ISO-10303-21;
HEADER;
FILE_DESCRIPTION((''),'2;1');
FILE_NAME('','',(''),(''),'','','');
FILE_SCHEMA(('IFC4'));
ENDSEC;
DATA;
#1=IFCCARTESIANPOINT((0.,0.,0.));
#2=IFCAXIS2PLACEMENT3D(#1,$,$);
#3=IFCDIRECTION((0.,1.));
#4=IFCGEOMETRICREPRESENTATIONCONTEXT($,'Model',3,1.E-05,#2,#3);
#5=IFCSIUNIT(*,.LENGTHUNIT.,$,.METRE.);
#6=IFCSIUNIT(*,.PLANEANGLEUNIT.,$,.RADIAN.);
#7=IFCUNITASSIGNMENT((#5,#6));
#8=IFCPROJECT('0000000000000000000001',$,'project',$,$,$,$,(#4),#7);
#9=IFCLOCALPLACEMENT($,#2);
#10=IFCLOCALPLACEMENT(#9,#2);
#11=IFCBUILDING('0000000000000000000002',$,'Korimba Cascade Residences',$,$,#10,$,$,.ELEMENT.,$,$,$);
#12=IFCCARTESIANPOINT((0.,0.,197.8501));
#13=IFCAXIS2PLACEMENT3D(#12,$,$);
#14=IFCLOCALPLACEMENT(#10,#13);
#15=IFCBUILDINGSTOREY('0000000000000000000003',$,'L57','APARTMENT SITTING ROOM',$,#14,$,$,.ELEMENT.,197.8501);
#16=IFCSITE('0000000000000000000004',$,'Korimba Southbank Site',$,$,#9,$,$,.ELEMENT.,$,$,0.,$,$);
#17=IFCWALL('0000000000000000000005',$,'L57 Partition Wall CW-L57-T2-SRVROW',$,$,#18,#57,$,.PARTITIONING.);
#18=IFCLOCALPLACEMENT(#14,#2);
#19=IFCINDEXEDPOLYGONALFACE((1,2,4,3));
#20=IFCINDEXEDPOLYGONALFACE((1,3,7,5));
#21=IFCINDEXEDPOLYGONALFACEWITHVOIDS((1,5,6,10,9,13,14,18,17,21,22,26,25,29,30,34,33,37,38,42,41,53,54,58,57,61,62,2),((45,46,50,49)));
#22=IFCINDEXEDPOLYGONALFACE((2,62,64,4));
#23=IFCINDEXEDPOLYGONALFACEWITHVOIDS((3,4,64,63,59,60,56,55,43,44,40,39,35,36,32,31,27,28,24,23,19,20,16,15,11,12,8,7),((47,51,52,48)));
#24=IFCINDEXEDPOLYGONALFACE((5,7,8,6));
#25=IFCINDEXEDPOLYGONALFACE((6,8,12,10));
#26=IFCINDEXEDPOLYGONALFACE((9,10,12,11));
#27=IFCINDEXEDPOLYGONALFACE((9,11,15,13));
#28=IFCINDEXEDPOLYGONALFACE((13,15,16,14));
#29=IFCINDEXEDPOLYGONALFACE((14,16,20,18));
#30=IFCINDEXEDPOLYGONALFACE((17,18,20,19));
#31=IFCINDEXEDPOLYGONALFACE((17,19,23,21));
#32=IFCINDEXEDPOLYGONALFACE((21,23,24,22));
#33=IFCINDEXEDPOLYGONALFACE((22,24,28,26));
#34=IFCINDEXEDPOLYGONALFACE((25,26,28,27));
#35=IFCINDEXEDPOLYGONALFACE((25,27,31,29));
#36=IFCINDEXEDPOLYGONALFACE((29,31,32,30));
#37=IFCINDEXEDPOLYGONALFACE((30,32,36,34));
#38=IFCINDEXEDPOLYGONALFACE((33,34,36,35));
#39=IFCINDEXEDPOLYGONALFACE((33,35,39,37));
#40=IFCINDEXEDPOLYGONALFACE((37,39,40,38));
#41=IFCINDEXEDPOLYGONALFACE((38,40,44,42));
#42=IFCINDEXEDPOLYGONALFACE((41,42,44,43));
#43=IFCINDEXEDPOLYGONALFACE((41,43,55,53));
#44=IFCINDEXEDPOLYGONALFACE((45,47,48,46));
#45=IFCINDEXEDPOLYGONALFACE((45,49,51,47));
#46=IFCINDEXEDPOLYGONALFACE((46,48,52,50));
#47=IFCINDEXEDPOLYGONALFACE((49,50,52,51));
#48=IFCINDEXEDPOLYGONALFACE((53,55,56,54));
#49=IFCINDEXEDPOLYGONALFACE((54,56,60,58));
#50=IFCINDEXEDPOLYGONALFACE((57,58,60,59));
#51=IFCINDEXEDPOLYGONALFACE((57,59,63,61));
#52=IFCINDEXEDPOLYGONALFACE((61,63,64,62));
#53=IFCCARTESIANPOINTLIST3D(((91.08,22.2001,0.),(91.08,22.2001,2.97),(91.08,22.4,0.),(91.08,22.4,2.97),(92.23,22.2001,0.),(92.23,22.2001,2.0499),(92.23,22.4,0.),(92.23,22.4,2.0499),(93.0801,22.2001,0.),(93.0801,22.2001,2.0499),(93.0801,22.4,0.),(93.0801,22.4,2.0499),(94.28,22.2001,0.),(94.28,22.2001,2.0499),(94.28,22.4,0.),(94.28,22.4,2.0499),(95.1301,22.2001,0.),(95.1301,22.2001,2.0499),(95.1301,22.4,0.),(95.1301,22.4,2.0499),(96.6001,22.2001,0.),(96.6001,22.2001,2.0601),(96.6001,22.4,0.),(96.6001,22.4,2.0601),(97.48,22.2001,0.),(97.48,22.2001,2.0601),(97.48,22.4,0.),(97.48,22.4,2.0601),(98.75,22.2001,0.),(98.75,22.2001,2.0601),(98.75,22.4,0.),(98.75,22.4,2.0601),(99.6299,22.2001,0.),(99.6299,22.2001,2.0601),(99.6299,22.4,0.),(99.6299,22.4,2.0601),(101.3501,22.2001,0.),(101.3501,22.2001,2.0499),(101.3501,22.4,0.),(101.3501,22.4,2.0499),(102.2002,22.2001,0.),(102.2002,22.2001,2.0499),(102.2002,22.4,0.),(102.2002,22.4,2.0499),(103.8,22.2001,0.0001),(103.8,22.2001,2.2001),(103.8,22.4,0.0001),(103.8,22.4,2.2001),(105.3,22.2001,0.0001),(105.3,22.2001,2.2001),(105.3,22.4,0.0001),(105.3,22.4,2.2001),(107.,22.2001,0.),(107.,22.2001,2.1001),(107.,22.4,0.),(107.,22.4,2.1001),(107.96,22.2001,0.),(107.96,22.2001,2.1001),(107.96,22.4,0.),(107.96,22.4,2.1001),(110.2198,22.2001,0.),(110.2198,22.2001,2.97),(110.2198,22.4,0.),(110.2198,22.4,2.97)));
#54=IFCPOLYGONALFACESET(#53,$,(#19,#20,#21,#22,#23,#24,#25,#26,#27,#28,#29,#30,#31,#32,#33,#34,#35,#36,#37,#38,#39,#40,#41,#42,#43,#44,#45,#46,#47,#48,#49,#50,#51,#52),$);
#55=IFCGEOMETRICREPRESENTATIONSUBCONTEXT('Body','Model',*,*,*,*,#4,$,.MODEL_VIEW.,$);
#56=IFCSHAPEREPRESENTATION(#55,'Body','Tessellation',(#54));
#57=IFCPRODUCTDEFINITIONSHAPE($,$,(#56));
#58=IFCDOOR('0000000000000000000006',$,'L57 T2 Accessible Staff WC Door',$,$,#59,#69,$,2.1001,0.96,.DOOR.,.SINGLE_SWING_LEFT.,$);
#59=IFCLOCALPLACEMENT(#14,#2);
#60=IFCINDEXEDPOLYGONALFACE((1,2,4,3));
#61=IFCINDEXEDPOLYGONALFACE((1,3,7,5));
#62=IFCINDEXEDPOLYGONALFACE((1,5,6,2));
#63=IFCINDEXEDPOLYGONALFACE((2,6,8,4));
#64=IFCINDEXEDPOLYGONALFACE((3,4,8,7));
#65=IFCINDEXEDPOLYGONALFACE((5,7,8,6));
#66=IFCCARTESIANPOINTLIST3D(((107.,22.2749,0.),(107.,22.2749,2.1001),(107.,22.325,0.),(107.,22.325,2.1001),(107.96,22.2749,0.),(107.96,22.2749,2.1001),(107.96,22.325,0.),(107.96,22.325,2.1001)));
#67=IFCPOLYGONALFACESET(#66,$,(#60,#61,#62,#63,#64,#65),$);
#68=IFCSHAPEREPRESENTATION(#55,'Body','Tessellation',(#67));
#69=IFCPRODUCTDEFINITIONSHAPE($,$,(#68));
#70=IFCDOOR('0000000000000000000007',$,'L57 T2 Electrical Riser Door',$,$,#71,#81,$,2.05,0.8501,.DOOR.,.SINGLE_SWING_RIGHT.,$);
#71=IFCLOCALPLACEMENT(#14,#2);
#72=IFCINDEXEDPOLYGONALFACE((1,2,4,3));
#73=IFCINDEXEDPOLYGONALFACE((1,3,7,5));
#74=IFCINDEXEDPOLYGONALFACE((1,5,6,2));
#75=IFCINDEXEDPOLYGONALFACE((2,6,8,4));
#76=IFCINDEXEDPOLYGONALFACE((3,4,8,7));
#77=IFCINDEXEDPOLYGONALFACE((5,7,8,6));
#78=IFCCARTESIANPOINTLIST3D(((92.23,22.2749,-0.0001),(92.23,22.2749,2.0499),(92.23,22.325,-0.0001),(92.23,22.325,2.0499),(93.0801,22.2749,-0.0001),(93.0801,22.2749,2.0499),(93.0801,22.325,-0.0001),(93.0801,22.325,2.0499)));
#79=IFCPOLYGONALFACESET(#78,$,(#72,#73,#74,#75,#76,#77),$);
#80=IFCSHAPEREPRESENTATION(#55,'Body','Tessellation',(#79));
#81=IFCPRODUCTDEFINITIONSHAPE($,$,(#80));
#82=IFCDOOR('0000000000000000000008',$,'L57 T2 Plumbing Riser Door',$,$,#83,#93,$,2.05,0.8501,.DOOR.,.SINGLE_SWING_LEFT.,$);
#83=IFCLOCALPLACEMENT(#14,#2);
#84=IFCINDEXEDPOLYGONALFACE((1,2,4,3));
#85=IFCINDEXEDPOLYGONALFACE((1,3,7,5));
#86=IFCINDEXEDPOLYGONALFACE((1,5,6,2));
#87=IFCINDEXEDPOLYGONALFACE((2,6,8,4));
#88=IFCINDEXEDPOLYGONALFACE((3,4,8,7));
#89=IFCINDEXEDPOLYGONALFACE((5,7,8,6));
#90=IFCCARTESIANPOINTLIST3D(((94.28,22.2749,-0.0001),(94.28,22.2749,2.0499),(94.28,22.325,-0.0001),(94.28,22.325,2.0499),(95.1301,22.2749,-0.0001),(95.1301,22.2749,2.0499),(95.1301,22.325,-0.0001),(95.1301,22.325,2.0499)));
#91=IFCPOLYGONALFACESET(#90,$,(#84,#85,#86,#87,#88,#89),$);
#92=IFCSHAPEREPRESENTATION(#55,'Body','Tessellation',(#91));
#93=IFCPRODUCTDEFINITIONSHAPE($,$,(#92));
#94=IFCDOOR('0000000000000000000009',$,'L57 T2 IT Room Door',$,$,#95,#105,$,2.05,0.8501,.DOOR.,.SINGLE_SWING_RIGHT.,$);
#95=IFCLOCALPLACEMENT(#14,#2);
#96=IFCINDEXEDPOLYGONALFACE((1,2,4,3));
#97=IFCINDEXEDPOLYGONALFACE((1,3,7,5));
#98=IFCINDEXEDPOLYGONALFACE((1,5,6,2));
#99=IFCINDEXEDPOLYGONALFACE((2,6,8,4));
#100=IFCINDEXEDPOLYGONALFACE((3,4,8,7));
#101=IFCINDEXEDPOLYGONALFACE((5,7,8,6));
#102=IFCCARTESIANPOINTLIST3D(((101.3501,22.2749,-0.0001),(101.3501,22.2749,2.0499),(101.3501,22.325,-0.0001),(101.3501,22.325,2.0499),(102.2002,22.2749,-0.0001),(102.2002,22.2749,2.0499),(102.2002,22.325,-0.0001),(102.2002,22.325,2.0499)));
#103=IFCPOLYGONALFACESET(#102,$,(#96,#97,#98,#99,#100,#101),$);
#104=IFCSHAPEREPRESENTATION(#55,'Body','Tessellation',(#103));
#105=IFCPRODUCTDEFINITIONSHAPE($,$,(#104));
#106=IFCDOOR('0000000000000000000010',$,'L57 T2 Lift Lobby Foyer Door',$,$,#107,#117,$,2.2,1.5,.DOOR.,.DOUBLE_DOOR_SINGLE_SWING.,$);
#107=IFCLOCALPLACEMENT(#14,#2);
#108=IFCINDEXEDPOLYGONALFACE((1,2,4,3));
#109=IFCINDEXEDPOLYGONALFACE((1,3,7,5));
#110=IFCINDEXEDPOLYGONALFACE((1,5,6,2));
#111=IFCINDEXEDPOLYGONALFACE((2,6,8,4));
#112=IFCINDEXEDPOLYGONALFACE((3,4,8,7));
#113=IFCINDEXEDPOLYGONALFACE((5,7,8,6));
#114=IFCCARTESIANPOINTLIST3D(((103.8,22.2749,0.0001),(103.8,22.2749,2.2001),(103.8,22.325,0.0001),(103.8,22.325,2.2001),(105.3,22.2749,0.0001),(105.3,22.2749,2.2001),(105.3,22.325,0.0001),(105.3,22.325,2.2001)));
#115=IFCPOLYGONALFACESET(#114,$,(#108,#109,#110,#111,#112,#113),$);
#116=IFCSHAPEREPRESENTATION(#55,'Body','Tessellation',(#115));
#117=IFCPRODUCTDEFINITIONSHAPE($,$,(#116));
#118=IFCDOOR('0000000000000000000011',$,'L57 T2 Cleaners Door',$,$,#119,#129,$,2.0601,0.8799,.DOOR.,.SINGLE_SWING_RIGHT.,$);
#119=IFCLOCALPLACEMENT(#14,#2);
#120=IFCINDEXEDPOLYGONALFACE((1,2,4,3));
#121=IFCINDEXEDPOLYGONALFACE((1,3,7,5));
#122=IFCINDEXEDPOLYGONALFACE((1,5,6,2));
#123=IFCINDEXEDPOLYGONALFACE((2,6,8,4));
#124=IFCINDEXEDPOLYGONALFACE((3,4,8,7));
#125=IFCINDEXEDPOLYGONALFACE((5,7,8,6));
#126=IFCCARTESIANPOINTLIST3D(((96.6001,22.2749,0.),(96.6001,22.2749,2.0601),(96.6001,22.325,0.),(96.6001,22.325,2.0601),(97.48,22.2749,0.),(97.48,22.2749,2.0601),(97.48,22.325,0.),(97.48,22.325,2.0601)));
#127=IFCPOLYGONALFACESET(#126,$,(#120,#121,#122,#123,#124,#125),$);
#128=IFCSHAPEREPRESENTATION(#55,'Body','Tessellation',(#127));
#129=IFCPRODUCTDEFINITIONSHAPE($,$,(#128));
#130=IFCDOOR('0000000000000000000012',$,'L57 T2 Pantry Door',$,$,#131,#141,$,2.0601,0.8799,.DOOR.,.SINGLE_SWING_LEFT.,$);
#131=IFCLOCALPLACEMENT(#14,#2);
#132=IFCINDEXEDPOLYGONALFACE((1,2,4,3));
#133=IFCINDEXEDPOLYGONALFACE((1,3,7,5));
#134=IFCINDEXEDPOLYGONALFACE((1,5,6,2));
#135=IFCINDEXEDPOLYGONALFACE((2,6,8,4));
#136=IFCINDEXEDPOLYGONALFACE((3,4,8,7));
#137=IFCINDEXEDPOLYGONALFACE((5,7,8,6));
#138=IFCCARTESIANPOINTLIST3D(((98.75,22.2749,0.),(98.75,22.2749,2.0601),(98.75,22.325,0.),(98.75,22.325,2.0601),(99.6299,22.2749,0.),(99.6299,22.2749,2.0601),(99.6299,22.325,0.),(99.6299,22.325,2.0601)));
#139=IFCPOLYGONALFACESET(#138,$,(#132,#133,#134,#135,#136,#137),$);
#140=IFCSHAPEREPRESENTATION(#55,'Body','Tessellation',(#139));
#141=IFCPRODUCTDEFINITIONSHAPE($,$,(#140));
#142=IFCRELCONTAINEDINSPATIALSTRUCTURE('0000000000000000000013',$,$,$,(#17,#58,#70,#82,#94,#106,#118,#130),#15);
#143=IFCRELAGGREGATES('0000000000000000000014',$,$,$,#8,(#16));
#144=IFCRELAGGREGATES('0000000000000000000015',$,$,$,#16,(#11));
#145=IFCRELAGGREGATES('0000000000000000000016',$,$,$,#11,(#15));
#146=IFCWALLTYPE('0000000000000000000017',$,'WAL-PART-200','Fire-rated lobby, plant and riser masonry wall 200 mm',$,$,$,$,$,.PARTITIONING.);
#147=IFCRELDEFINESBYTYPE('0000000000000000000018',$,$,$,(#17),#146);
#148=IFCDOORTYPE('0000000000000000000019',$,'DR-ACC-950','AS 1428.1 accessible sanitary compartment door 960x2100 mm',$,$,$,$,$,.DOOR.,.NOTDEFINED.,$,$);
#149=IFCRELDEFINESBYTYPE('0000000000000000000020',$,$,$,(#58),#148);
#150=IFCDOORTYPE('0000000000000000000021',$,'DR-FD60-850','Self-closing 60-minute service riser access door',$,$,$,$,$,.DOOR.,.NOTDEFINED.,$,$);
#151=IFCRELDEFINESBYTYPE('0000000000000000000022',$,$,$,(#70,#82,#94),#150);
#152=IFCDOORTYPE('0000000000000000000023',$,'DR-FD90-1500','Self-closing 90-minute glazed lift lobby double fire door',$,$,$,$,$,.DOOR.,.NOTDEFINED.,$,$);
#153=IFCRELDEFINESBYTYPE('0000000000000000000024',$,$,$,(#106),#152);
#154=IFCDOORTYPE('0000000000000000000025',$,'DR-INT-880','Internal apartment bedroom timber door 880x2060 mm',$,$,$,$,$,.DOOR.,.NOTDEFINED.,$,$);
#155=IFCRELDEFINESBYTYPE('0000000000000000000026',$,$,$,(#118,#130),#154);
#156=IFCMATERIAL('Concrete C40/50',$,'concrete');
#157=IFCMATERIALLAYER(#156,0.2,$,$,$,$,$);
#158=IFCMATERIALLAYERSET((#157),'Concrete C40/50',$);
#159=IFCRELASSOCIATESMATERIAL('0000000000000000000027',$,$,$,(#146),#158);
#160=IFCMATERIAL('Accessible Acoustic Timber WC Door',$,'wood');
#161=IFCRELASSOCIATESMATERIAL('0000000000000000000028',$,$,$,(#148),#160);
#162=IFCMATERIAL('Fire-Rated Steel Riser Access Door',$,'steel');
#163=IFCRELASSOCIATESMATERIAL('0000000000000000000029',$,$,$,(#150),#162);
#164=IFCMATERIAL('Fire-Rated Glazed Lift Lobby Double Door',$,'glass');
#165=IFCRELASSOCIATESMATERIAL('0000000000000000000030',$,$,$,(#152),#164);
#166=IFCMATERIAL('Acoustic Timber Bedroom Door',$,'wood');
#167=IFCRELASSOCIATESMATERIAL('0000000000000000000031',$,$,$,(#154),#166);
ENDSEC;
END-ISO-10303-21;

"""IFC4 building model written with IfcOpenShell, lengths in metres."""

from ifc_helpers import new_model, si_unit, direction, frame, frame_2d, origin, place, context, subcontext, project, spatial, rectangle, extrude, material, layer, layer_set, type_object, element, fill, save


model = new_model("IFC4")

# Units and contexts
model_context = context("Model", 3, precision=1e-05, world=origin(), true_north=direction((0.0, 1.0)))
body_context = subcontext(model_context, "Body", "Model", "MODEL_VIEW")
ifc_project = project(units=[si_unit("LENGTHUNIT", "METRE"), si_unit("PLANEANGLEUNIT", "RADIAN")], contexts=[model_context])

# Site, building, storey
site_placement = place(None, origin())
site = spatial("IfcSite", under=ifc_project, at=site_placement, Name="Korimba Southbank Site", CompositionType="ELEMENT", RefElevation=0.0)
building_placement = place(site_placement, origin())
building = spatial("IfcBuilding", under=site, at=building_placement, Name="Korimba Cascade Residences", CompositionType="ELEMENT")
storey_placement = place(building_placement, frame((0.0, 0.0, 197.8501)))
storey = spatial("IfcBuildingStorey", under=building, at=storey_placement, Name="L57", Description="APARTMENT SITTING ROOM", CompositionType="ELEMENT", Elevation=197.8501)

# Shared definitions
ifc_material_1 = material(Name="Concrete C40/50", Category="concrete")
ifc_layer_1 = layer(ifc_material_1, 0.2)
ifc_layer_set_1 = layer_set([ifc_layer_1], Name="Concrete C40/50")
wall_type_1 = type_object("IfcWallType", Name="WAL-PART-200", Description="Fire-rated lobby, plant and riser masonry wall 200 mm", PredefinedType="PARTITIONING", material=ifc_layer_set_1)

# Wall, openings, doors
wall_1_placement = place(storey_placement, frame((91.0801, 22.3, 0.0), z_axis=(0.0, 0.0, 1.0), x_axis=(1.0, 0.0, 0.0)))
wall_1 = element("IfcWall", 1, at=wall_1_placement, inside=storey, type_object=wall_type_1, Name="L57 Partition Wall CW-L57-T2-SRVROW", PredefinedType="PARTITIONING", context=body_context, shape_type="SweptSolid", body=[
    extrude(rectangle(XDim=19.1399, YDim=0.2, at=frame_2d((9.5698, 0.0))), origin(), (0.0, 0.0, 1.0), 2.97),
])
opening_1_placement = place(wall_1_placement, frame((1.1499, 0.0, 0.0)))
opening_1 = element("IfcOpeningElement", 2, at=opening_1_placement, cuts=wall_1, PredefinedType="OPENING", context=body_context, shape_type="SweptSolid", body=[
    extrude(rectangle(XDim=0.8501, YDim=2.05, at=frame_2d((0.425, 1.0249))), frame((0.0, 0.1099, 0.0), z_axis=(0.0, -1.0, 0.0), x_axis=(1.0, 0.0, 0.0)), (0.0, 0.0, 1.0), 0.22),
])
opening_2_placement = place(wall_1_placement, frame((3.2, 0.0, 0.0)))
opening_2 = element("IfcOpeningElement", 3, at=opening_2_placement, cuts=wall_1, PredefinedType="OPENING", context=body_context, shape_type="SweptSolid", body=[
    extrude(rectangle(XDim=0.8501, YDim=2.05, at=frame_2d((0.425, 1.0249))), frame((0.0, 0.1099, 0.0), z_axis=(0.0, -1.0, 0.0), x_axis=(1.0, 0.0, 0.0)), (0.0, 0.0, 1.0), 0.22),
])
opening_3_placement = place(wall_1_placement, frame((12.72, 0.0, 0.0)))
opening_3 = element("IfcOpeningElement", 4, at=opening_3_placement, cuts=wall_1, PredefinedType="OPENING", context=body_context, shape_type="SweptSolid", body=[
    extrude(rectangle(XDim=1.5, YDim=2.2, at=frame_2d((0.75, 1.1001))), frame((0.0, 0.1099, 0.0), z_axis=(0.0, -1.0, 0.0), x_axis=(1.0, 0.0, 0.0)), (0.0, 0.0, 1.0), 0.22),
])
opening_4_placement = place(wall_1_placement, frame((5.52, 0.0, 0.0)))
opening_4 = element("IfcOpeningElement", 5, at=opening_4_placement, cuts=wall_1, PredefinedType="OPENING", context=body_context, shape_type="SweptSolid", body=[
    extrude(rectangle(XDim=0.8799, YDim=2.0601, at=frame_2d((0.4399, 1.03))), frame((0.0, 0.1099, 0.0), z_axis=(0.0, -1.0, 0.0), x_axis=(1.0, 0.0, 0.0)), (0.0, 0.0, 1.0), 0.22),
])
opening_5_placement = place(wall_1_placement, frame((7.6699, 0.0, 0.0)))
opening_5 = element("IfcOpeningElement", 6, at=opening_5_placement, cuts=wall_1, PredefinedType="OPENING", context=body_context, shape_type="SweptSolid", body=[
    extrude(rectangle(XDim=0.8799, YDim=2.0601, at=frame_2d((0.4399, 1.03))), frame((0.0, 0.1099, 0.0), z_axis=(0.0, -1.0, 0.0), x_axis=(1.0, 0.0, 0.0)), (0.0, 0.0, 1.0), 0.22),
])
opening_6_placement = place(wall_1_placement, frame((10.27, 0.0, 0.0)))
opening_6 = element("IfcOpeningElement", 7, at=opening_6_placement, cuts=wall_1, PredefinedType="OPENING", context=body_context, shape_type="SweptSolid", body=[
    extrude(rectangle(XDim=0.8501, YDim=2.05, at=frame_2d((0.425, 1.0249))), frame((0.0, 0.1099, 0.0), z_axis=(0.0, -1.0, 0.0), x_axis=(1.0, 0.0, 0.0)), (0.0, 0.0, 1.0), 0.22),
])
opening_7_placement = place(wall_1_placement, frame((15.9199, 0.0, 0.0)))
opening_7 = element("IfcOpeningElement", 8, at=opening_7_placement, cuts=wall_1, PredefinedType="OPENING", context=body_context, shape_type="SweptSolid", body=[
    extrude(rectangle(XDim=0.96, YDim=2.1001, at=frame_2d((0.48, 1.05))), frame((0.0, 0.1099, 0.0), z_axis=(0.0, -1.0, 0.0), x_axis=(1.0, 0.0, 0.0)), (0.0, 0.0, 1.0), 0.22),
])
ifc_material_2 = material(Name="Accessible Acoustic Timber WC Door", Category="wood")
door_type_1 = type_object("IfcDoorType", Name="DR-ACC-950", Description="AS 1428.1 accessible sanitary compartment door 960x2100 mm", OperationType="NOTDEFINED", PredefinedType="DOOR", material=ifc_material_2)
door_1_placement = place(opening_7_placement, origin())
door_1 = element("IfcDoor", 9, at=door_1_placement, inside=storey, type_object=door_type_1, Name="L57 T2 Accessible Staff WC Door", OperationType="SINGLE_SWING_LEFT", OverallHeight=2.1001, OverallWidth=0.96, PredefinedType="DOOR", context=body_context, shape_type="SweptSolid", body=[
    extrude(rectangle(XDim=0.96, YDim=2.1001, at=frame_2d((0.48, 1.05))), frame((0.0, 0.0249, 0.0), z_axis=(0.0, -1.0, 0.0), x_axis=(1.0, 0.0, 0.0)), (0.0, 0.0, 1.0), 0.05),
])
fill(opening_7, door_1)
ifc_material_3 = material(Name="Fire-Rated Steel Riser Access Door", Category="steel")
door_type_2 = type_object("IfcDoorType", Name="DR-FD60-850", Description="Self-closing 60-minute service riser access door", OperationType="NOTDEFINED", PredefinedType="DOOR", material=ifc_material_3)
door_2_placement = place(opening_1_placement, origin())
door_2 = element("IfcDoor", 10, at=door_2_placement, inside=storey, type_object=door_type_2, Name="L57 T2 Electrical Riser Door", OperationType="SINGLE_SWING_RIGHT", OverallHeight=2.05, OverallWidth=0.8501, PredefinedType="DOOR", context=body_context, shape_type="SweptSolid", body=[
    extrude(rectangle(XDim=0.8501, YDim=2.05, at=frame_2d((0.425, 1.0249))), frame((0.0, 0.0249, 0.0), z_axis=(0.0, -1.0, 0.0), x_axis=(1.0, 0.0, 0.0)), (0.0, 0.0, 1.0), 0.05),
])
fill(opening_1, door_2)
door_3_placement = place(opening_2_placement, origin())
door_3 = element("IfcDoor", 11, at=door_3_placement, inside=storey, type_object=door_type_2, Name="L57 T2 Plumbing Riser Door", OperationType="SINGLE_SWING_LEFT", OverallHeight=2.05, OverallWidth=0.8501, PredefinedType="DOOR", context=body_context, shape_type="SweptSolid", body=[
    extrude(rectangle(XDim=0.8501, YDim=2.05, at=frame_2d((0.425, 1.0249))), frame((0.0, 0.0249, 0.0), z_axis=(0.0, -1.0, 0.0), x_axis=(1.0, 0.0, 0.0)), (0.0, 0.0, 1.0), 0.05),
])
fill(opening_2, door_3)
door_4_placement = place(opening_6_placement, origin())
door_4 = element("IfcDoor", 12, at=door_4_placement, inside=storey, type_object=door_type_2, Name="L57 T2 IT Room Door", OperationType="SINGLE_SWING_RIGHT", OverallHeight=2.05, OverallWidth=0.8501, PredefinedType="DOOR", context=body_context, shape_type="SweptSolid", body=[
    extrude(rectangle(XDim=0.8501, YDim=2.05, at=frame_2d((0.425, 1.0249))), frame((0.0, 0.0249, 0.0), z_axis=(0.0, -1.0, 0.0), x_axis=(1.0, 0.0, 0.0)), (0.0, 0.0, 1.0), 0.05),
])
fill(opening_6, door_4)
ifc_material_4 = material(Name="Fire-Rated Glazed Lift Lobby Double Door", Category="glass")
door_type_3 = type_object("IfcDoorType", Name="DR-FD90-1500", Description="Self-closing 90-minute glazed lift lobby double fire door", OperationType="NOTDEFINED", PredefinedType="DOOR", material=ifc_material_4)
door_5_placement = place(opening_3_placement, origin())
door_5 = element("IfcDoor", 13, at=door_5_placement, inside=storey, type_object=door_type_3, Name="L57 T2 Lift Lobby Foyer Door", OperationType="DOUBLE_DOOR_SINGLE_SWING", OverallHeight=2.2, OverallWidth=1.5, PredefinedType="DOOR", context=body_context, shape_type="SweptSolid", body=[
    extrude(rectangle(XDim=1.5, YDim=2.2, at=frame_2d((0.75, 1.1001))), frame((0.0, 0.0249, 0.0), z_axis=(0.0, -1.0, 0.0), x_axis=(1.0, 0.0, 0.0)), (0.0, 0.0, 1.0), 0.05),
])
fill(opening_3, door_5)
ifc_material_5 = material(Name="Acoustic Timber Bedroom Door", Category="wood")
door_type_4 = type_object("IfcDoorType", Name="DR-INT-880", Description="Internal apartment bedroom timber door 880x2060 mm", OperationType="NOTDEFINED", PredefinedType="DOOR", material=ifc_material_5)
door_6_placement = place(opening_4_placement, origin())
door_6 = element("IfcDoor", 14, at=door_6_placement, inside=storey, type_object=door_type_4, Name="L57 T2 Cleaners Door", OperationType="SINGLE_SWING_RIGHT", OverallHeight=2.0601, OverallWidth=0.8799, PredefinedType="DOOR", context=body_context, shape_type="SweptSolid", body=[
    extrude(rectangle(XDim=0.8799, YDim=2.0601, at=frame_2d((0.4399, 1.03))), frame((0.0, 0.0249, 0.0), z_axis=(0.0, -1.0, 0.0), x_axis=(1.0, 0.0, 0.0)), (0.0, 0.0, 1.0), 0.05),
])
fill(opening_4, door_6)
door_7_placement = place(opening_5_placement, origin())
door_7 = element("IfcDoor", 15, at=door_7_placement, inside=storey, type_object=door_type_4, Name="L57 T2 Pantry Door", OperationType="SINGLE_SWING_LEFT", OverallHeight=2.0601, OverallWidth=0.8799, PredefinedType="DOOR", context=body_context, shape_type="SweptSolid", body=[
    extrude(rectangle(XDim=0.8799, YDim=2.0601, at=frame_2d((0.4399, 1.03))), frame((0.0, 0.0249, 0.0), z_axis=(0.0, -1.0, 0.0), x_axis=(1.0, 0.0, 0.0)), (0.0, 0.0, 1.0), 0.05),
])
fill(opening_5, door_7)

save(model, "model.ifc")
